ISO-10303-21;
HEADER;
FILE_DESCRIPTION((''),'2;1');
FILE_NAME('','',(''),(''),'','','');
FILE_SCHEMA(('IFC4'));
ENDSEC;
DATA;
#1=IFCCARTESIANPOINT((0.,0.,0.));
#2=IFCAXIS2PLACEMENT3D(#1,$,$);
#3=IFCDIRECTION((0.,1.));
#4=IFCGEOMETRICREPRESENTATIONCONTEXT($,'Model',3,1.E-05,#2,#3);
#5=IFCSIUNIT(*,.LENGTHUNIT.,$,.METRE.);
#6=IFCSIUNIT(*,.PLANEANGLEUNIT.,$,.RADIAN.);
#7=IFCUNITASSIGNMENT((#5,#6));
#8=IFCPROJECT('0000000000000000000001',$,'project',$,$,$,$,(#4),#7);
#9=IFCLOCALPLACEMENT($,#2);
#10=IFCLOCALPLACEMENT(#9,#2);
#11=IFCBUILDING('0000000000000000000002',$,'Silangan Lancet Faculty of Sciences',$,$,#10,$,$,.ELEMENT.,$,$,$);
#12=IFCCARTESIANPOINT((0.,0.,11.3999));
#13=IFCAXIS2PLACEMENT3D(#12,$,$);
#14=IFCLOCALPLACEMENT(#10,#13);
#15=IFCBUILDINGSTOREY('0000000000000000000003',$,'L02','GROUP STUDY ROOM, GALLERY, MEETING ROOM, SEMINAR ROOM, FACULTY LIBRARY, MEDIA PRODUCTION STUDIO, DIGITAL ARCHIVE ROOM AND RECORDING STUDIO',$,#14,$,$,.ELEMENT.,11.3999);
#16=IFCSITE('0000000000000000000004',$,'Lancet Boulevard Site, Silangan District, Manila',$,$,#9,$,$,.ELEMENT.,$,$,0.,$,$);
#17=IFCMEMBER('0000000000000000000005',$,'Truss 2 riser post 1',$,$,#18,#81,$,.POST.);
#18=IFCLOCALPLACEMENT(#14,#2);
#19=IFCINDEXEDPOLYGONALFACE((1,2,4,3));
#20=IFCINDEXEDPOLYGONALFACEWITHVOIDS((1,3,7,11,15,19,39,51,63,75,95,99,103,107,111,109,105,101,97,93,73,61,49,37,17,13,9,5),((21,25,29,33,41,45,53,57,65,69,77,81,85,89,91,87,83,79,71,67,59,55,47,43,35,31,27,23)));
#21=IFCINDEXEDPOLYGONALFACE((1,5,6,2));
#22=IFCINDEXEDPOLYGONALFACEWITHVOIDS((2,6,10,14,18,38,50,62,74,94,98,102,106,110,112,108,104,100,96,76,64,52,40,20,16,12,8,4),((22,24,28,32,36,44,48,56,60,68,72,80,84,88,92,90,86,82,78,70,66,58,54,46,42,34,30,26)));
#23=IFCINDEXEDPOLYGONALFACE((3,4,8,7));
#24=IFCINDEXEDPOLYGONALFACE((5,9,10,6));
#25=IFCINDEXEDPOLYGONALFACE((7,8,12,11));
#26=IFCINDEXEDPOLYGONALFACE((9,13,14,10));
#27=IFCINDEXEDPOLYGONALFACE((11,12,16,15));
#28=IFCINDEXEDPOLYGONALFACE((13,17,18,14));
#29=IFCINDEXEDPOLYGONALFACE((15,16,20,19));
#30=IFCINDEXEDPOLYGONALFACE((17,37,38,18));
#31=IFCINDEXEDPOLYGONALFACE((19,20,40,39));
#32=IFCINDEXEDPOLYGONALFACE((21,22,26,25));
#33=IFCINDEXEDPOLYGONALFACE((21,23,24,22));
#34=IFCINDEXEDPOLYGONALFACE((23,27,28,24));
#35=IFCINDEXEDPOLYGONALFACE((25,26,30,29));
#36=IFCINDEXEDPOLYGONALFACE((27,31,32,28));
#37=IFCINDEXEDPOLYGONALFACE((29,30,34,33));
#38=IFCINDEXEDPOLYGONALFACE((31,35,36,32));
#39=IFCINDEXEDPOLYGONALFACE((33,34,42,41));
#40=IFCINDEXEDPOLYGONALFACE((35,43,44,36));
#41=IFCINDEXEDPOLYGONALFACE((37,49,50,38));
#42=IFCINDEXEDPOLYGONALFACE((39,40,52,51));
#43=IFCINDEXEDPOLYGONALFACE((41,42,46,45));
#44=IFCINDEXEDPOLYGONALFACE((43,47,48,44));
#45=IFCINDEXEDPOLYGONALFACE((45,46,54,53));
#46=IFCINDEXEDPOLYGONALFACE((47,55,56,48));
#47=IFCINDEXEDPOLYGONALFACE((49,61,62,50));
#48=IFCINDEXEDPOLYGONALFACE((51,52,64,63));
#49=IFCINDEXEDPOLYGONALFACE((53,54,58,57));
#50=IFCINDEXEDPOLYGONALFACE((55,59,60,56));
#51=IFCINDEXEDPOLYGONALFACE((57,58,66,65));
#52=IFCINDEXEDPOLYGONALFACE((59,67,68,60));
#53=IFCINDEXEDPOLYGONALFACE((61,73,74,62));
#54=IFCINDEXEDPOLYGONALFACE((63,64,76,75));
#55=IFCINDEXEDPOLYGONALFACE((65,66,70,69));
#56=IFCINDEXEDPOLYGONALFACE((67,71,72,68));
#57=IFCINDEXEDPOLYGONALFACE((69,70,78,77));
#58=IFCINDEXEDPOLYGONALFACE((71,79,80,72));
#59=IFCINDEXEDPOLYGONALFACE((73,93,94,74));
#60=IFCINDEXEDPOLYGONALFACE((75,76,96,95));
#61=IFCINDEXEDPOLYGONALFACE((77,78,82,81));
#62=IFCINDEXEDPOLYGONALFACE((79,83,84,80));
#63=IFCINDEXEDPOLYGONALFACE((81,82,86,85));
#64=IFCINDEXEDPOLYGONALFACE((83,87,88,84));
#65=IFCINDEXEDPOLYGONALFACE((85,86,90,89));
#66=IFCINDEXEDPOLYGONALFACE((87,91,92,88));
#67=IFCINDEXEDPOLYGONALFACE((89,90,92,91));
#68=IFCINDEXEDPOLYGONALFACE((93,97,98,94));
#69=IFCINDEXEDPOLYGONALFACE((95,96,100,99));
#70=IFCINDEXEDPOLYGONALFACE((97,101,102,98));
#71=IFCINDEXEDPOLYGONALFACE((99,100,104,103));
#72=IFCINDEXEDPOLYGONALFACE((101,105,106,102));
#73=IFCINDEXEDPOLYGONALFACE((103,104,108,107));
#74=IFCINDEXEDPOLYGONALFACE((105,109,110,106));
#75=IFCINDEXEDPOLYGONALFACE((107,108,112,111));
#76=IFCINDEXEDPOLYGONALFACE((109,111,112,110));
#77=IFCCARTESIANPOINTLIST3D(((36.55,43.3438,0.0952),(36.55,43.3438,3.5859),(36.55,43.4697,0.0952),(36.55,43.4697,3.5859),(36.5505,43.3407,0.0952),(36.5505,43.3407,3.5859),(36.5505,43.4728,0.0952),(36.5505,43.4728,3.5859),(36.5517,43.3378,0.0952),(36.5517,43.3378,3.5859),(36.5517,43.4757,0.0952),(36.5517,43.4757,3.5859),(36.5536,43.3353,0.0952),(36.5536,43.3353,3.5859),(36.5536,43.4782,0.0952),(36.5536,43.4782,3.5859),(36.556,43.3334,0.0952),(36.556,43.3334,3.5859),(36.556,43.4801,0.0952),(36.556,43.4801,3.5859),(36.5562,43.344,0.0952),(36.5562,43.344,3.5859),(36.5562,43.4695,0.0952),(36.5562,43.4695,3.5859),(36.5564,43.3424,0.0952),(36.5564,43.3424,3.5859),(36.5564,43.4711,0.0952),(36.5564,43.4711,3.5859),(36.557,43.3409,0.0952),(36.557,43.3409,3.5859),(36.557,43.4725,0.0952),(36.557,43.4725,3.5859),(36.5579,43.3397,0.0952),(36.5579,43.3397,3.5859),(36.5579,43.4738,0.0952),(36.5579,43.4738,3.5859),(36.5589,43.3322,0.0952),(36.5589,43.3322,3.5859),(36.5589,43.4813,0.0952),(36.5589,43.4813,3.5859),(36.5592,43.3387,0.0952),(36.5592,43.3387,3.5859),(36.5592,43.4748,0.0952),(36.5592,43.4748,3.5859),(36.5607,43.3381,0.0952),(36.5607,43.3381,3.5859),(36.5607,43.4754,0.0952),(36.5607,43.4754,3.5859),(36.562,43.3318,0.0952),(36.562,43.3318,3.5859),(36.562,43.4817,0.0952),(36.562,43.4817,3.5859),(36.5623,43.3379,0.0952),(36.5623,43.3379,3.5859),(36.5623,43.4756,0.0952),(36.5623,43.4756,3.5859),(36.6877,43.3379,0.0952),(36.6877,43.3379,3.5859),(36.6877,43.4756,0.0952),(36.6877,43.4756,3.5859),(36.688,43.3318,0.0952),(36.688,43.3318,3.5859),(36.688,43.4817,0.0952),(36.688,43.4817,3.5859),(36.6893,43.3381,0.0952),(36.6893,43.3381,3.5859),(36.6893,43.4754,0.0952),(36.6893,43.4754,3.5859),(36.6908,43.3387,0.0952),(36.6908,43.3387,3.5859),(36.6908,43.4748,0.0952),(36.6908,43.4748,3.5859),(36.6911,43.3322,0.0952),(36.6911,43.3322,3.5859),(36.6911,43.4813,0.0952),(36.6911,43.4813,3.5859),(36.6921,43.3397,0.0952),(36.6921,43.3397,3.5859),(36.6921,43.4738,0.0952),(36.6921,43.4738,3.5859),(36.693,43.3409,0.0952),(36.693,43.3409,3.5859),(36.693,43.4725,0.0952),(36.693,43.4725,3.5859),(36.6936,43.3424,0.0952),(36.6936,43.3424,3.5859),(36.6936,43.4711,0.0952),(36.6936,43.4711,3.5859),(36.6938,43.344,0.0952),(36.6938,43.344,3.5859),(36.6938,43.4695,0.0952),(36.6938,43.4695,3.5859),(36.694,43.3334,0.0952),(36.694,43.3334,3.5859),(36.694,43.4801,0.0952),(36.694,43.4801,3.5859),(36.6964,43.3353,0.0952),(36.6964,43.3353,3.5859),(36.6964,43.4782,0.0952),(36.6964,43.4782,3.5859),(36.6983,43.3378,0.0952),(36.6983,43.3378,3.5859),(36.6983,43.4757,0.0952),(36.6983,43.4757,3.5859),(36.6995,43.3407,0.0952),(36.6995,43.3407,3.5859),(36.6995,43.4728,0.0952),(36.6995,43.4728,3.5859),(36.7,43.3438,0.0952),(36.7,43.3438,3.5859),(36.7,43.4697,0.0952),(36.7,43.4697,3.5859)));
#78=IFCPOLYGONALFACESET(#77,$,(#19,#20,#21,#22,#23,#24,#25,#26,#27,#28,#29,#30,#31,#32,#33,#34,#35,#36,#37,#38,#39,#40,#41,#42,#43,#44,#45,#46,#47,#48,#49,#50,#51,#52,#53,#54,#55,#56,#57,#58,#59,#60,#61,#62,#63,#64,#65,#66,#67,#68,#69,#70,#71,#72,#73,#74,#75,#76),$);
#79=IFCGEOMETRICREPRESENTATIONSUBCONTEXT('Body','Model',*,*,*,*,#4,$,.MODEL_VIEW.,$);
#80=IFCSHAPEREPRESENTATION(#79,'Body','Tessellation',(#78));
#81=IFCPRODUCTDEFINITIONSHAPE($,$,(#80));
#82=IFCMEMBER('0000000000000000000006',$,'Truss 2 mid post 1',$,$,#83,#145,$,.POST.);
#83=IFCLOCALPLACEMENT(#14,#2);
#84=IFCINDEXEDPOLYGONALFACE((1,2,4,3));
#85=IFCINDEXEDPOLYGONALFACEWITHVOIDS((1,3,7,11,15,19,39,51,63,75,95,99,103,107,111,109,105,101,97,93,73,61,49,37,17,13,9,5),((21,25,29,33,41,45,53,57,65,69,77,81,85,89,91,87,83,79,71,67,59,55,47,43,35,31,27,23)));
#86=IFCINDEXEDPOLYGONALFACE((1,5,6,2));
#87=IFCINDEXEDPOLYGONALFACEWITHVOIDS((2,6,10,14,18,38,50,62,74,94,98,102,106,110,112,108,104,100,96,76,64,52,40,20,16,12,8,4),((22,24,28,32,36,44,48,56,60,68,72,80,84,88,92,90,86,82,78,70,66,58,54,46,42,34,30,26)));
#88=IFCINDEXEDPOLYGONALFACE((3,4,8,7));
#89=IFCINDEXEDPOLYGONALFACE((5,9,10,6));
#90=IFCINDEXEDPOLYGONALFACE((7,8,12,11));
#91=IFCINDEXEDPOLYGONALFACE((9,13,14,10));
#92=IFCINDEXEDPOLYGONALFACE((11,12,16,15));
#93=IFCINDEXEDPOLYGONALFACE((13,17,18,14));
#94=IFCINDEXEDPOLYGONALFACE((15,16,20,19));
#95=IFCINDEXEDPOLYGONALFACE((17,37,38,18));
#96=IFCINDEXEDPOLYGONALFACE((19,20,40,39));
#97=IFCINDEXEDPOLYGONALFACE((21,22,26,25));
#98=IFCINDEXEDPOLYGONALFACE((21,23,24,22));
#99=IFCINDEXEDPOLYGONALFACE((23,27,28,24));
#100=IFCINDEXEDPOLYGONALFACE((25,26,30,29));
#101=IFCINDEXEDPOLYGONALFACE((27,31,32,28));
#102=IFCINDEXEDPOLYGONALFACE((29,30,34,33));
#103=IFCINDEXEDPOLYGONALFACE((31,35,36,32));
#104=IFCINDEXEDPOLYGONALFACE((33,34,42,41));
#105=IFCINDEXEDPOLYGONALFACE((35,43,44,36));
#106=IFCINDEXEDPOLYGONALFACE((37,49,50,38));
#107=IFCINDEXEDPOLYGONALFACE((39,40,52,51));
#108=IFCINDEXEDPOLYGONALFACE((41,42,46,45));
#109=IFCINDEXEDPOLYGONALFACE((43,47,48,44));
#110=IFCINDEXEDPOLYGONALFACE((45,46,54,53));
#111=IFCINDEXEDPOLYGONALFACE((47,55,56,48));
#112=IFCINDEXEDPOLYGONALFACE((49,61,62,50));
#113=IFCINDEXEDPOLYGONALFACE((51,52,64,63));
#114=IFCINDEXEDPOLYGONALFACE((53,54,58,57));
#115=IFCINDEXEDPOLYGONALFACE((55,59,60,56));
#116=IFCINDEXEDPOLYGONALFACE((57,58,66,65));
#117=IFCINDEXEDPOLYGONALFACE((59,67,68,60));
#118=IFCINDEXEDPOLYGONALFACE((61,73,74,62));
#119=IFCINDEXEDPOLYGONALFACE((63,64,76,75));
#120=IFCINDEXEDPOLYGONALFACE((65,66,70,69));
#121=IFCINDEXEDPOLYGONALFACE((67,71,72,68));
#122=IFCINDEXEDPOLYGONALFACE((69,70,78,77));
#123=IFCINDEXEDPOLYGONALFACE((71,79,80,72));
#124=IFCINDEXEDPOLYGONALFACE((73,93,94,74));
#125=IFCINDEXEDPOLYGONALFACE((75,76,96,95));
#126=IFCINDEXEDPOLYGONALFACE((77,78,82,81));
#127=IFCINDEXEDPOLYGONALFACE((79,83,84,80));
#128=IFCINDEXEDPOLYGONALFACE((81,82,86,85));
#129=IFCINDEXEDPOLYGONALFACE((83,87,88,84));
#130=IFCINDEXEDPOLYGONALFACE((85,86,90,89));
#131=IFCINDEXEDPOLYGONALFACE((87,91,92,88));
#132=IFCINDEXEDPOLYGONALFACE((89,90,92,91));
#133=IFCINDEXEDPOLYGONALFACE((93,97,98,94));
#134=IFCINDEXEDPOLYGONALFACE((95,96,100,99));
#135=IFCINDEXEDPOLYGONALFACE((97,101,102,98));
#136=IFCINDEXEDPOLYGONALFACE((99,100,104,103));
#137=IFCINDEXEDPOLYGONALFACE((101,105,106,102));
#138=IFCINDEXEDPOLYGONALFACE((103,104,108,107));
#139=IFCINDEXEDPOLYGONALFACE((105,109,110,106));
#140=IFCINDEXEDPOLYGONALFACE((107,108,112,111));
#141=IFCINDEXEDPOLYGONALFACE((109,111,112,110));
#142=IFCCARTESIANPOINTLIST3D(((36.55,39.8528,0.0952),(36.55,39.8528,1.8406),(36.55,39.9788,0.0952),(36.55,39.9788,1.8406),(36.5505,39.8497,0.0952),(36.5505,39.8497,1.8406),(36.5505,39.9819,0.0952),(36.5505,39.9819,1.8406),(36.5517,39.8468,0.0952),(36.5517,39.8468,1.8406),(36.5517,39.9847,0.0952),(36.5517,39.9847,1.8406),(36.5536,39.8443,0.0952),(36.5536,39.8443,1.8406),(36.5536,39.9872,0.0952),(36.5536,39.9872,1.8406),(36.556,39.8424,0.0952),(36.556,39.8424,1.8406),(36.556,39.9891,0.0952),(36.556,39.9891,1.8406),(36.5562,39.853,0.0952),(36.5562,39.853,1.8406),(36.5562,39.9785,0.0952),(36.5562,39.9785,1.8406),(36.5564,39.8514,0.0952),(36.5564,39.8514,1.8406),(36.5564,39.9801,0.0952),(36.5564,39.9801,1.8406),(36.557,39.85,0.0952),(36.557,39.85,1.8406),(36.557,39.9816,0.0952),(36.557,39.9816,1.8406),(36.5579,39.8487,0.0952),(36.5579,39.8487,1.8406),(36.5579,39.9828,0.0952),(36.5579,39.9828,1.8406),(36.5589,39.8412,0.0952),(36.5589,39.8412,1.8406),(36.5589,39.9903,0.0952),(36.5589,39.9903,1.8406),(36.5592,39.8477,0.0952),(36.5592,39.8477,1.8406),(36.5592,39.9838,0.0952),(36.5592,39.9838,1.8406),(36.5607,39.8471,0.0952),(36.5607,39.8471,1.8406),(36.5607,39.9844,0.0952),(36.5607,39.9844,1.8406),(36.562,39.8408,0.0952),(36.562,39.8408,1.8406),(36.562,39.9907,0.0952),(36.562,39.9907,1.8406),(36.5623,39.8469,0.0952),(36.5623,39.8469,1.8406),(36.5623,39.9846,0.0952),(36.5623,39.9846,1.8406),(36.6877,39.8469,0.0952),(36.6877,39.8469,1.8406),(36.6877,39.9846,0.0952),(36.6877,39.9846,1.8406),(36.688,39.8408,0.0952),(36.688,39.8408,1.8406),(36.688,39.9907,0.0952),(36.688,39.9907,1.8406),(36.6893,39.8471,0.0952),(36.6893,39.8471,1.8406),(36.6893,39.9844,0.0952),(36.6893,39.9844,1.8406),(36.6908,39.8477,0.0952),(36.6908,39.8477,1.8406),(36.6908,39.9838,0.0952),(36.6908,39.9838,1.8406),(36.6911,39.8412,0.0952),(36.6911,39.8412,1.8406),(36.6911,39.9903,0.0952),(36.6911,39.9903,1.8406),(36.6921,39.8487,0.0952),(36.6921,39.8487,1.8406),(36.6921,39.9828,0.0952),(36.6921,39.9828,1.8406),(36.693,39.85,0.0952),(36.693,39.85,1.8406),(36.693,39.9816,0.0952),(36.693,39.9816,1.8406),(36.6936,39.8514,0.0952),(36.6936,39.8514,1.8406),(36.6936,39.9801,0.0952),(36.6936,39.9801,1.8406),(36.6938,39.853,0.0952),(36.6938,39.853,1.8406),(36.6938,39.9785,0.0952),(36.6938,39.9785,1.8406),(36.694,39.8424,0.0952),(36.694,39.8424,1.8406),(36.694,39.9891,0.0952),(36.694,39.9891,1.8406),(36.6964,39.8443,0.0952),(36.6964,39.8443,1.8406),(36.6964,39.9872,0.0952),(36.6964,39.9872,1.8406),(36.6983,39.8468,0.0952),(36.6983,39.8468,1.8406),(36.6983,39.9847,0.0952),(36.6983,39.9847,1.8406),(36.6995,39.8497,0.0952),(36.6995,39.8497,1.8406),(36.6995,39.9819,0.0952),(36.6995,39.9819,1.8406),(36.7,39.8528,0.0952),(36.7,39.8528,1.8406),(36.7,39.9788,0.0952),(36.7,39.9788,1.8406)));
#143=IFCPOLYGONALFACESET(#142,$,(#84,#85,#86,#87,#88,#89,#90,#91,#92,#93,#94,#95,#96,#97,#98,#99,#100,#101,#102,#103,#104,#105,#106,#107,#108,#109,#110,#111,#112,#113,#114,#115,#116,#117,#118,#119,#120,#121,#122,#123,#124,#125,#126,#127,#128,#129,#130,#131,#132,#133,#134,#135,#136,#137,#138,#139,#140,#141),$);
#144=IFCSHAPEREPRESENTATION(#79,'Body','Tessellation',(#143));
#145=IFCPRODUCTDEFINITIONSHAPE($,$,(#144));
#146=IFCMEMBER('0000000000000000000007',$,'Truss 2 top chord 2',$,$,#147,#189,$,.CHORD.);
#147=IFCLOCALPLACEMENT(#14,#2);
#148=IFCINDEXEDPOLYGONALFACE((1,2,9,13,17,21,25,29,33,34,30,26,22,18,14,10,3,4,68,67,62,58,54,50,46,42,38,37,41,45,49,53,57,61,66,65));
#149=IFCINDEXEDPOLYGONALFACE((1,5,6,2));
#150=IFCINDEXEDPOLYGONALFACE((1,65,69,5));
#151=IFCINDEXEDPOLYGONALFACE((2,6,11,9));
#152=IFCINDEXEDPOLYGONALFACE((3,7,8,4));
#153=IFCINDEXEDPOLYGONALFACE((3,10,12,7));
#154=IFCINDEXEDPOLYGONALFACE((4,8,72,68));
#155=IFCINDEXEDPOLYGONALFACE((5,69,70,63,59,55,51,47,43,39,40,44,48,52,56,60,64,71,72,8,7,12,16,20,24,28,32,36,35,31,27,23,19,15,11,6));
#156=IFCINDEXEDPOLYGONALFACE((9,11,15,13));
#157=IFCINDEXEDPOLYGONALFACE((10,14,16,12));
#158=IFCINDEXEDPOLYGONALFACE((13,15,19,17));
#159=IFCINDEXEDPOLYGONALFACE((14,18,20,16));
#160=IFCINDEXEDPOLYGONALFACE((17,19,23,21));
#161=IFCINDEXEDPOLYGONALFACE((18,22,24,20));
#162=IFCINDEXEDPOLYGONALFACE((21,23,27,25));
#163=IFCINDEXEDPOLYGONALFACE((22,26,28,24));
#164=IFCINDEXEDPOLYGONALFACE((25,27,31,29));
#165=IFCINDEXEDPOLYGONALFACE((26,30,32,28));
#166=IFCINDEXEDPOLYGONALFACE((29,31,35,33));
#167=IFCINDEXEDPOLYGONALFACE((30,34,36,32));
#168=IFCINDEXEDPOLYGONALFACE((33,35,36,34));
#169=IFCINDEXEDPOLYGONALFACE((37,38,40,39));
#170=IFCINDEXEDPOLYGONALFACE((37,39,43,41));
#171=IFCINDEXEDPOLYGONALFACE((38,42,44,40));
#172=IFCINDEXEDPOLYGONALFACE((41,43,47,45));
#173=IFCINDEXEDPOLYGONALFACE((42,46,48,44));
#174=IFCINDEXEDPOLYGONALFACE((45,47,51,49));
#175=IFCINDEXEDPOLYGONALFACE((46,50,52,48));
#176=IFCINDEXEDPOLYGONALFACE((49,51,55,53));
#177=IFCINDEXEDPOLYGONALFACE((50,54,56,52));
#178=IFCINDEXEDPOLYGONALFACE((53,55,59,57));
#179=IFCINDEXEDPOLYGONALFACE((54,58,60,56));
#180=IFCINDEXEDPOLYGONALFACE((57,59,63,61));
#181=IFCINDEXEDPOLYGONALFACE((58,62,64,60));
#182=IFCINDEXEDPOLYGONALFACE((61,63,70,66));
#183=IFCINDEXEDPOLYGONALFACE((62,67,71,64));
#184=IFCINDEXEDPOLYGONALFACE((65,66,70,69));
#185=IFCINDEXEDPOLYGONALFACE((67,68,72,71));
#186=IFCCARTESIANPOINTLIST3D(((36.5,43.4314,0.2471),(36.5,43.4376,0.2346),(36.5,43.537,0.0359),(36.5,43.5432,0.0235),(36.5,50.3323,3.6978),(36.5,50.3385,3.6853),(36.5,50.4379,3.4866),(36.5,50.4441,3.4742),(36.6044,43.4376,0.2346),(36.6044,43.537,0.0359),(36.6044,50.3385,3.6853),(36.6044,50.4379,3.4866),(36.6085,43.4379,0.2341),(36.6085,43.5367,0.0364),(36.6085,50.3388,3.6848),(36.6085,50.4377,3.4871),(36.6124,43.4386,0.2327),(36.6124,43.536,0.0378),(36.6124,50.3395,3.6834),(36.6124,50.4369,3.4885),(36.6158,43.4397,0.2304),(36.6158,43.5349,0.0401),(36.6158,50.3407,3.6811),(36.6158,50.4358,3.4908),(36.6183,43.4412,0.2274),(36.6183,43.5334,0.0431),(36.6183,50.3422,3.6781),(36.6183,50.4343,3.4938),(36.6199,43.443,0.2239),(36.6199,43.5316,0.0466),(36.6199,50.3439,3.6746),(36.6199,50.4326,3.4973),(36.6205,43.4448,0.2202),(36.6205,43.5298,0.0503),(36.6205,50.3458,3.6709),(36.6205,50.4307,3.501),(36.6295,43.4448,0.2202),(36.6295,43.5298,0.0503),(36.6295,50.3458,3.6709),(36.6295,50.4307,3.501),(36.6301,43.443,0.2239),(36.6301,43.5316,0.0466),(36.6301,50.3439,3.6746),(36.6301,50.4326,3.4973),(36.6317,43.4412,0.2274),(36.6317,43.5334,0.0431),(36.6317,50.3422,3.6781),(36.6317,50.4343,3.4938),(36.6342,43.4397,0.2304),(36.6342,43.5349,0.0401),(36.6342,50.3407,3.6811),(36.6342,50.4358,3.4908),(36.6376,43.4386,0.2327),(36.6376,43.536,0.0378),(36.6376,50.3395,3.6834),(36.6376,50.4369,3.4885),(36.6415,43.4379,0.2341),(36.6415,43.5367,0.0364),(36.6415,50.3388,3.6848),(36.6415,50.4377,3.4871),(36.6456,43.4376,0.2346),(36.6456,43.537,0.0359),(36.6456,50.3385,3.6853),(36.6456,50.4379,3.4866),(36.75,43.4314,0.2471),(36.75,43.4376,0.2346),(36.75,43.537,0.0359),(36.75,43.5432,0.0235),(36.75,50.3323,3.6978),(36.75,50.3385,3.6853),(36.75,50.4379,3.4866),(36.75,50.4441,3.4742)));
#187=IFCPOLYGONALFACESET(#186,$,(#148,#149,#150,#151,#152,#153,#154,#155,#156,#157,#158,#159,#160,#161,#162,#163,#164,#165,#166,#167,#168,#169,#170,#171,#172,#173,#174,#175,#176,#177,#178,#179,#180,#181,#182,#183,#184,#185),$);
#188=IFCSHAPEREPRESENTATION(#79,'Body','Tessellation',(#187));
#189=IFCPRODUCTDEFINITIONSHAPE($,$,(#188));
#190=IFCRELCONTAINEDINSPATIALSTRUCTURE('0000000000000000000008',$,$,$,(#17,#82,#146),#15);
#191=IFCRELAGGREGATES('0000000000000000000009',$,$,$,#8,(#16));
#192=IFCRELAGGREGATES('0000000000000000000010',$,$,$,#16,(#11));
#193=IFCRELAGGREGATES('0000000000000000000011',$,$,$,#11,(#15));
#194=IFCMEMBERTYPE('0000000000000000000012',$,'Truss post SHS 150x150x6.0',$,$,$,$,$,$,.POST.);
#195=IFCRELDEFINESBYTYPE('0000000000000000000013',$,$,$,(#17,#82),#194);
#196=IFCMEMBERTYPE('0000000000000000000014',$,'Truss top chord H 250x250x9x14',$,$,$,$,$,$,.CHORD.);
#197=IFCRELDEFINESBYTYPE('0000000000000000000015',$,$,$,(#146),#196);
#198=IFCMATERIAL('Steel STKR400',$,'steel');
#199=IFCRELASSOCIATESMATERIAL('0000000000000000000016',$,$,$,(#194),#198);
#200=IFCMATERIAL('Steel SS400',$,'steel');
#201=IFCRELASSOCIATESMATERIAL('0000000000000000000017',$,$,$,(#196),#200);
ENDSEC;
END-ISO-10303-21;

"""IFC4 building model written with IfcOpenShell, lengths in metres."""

from ifc_helpers import new_model, si_unit, direction, frame, origin, origin_2d, place, context, subcontext, project, spatial, hollow_rectangle, i_section, extrude, material, material_profile, profile_set, type_object, element, save


model = new_model("IFC4")

# Units and contexts
model_context = context("Model", 3, precision=1e-05, world=origin(), true_north=direction((0.0, 1.0)))
body_context = subcontext(model_context, "Body", "Model", "MODEL_VIEW")
ifc_project = project(units=[si_unit("LENGTHUNIT", "METRE"), si_unit("PLANEANGLEUNIT", "RADIAN")], contexts=[model_context])

# Site, building, storey
site_placement = place(None, origin())
site = spatial("IfcSite", under=ifc_project, at=site_placement, Name="Lancet Boulevard Site, Silangan District, Manila", CompositionType="ELEMENT", RefElevation=0.0)
building_placement = place(site_placement, origin())
building = spatial("IfcBuilding", under=site, at=building_placement, Name="Silangan Lancet Faculty of Sciences", CompositionType="ELEMENT")
storey_placement = place(building_placement, frame((0.0, 0.0, 11.3999)))
storey = spatial("IfcBuildingStorey", under=building, at=storey_placement, Name="L02", Description="GROUP STUDY ROOM, GALLERY, MEETING ROOM, SEMINAR ROOM, FACULTY LIBRARY, MEDIA PRODUCTION STUDIO, DIGITAL ARCHIVE ROOM AND RECORDING STUDIO", CompositionType="ELEMENT", Elevation=11.3999)

# Members
ifc_material_1 = material(Name="Steel STKR400", Category="steel")
ifc_material_profile_1 = material_profile(ifc_material_1, hollow_rectangle(XDim=0.1499, YDim=0.1499, WallThickness=0.0061, InnerFilletRadius=0.0061, OuterFilletRadius=0.012, at=origin_2d()), Name="SHS 150x150x6.0")
ifc_profile_set_1 = profile_set([ifc_material_profile_1], Name="Steel STKR400")
member_type_1 = type_object("IfcMemberType", Name="Truss post SHS 150x150x6.0", PredefinedType="POST", material=ifc_profile_set_1)
member_1_placement = place(storey_placement, frame((36.625, 43.4067, 0.0952), z_axis=(0.0, 0.0, 1.0), x_axis=(1.0, 0.0, 0.0)))
element("IfcMember", 1, at=member_1_placement, inside=storey, type_object=member_type_1, Name="Truss 2 riser post 1", PredefinedType="POST", context=body_context, shape_type="SweptSolid", body=[
    extrude(hollow_rectangle(XDim=0.1499, YDim=0.1499, WallThickness=0.0061, InnerFilletRadius=0.0061, OuterFilletRadius=0.012, at=origin_2d()), origin(), (0.0, 0.0, 1.0), 3.4907),
])
member_2_placement = place(storey_placement, frame((36.625, 39.9158, 0.0952), z_axis=(0.0, 0.0, 1.0), x_axis=(1.0, 0.0, 0.0)))
element("IfcMember", 2, at=member_2_placement, inside=storey, type_object=member_type_1, Name="Truss 2 mid post 1", PredefinedType="POST", context=body_context, shape_type="SweptSolid", body=[
    extrude(hollow_rectangle(XDim=0.1499, YDim=0.1499, WallThickness=0.0061, InnerFilletRadius=0.0061, OuterFilletRadius=0.012, at=origin_2d()), origin(), (0.0, 0.0, 1.0), 1.7454),
])
ifc_material_2 = material(Name="Steel SS400", Category="steel")
ifc_material_profile_2 = material_profile(ifc_material_2, i_section(OverallWidth=0.25, OverallDepth=0.25, WebThickness=0.009, FlangeThickness=0.0139, FilletRadius=0.0161, at=origin_2d()), Name="H 250x250x9x14")
ifc_profile_set_2 = profile_set([ifc_material_profile_2], Name="Steel SS400")
member_type_2 = type_object("IfcMemberType", Name="Truss top chord H 250x250x9x14", PredefinedType="CHORD", material=ifc_profile_set_2)
member_3_placement = place(storey_placement, frame((36.625, 43.4873, 0.1353), z_axis=(0.0, 0.894415, 0.447239), x_axis=(-1.0, 0.0, 0.0)))
element("IfcMember", 3, at=member_3_placement, inside=storey, type_object=member_type_2, Name="Truss 2 top chord 2", PredefinedType="CHORD", context=body_context, shape_type="SweptSolid", body=[
    extrude(i_section(OverallWidth=0.25, OverallDepth=0.25, WebThickness=0.009, FlangeThickness=0.0139, FilletRadius=0.0161, at=origin_2d()), origin(), (0.0, 0.0, 1.0), 7.7156),
])

save(model, "model.ifc")
